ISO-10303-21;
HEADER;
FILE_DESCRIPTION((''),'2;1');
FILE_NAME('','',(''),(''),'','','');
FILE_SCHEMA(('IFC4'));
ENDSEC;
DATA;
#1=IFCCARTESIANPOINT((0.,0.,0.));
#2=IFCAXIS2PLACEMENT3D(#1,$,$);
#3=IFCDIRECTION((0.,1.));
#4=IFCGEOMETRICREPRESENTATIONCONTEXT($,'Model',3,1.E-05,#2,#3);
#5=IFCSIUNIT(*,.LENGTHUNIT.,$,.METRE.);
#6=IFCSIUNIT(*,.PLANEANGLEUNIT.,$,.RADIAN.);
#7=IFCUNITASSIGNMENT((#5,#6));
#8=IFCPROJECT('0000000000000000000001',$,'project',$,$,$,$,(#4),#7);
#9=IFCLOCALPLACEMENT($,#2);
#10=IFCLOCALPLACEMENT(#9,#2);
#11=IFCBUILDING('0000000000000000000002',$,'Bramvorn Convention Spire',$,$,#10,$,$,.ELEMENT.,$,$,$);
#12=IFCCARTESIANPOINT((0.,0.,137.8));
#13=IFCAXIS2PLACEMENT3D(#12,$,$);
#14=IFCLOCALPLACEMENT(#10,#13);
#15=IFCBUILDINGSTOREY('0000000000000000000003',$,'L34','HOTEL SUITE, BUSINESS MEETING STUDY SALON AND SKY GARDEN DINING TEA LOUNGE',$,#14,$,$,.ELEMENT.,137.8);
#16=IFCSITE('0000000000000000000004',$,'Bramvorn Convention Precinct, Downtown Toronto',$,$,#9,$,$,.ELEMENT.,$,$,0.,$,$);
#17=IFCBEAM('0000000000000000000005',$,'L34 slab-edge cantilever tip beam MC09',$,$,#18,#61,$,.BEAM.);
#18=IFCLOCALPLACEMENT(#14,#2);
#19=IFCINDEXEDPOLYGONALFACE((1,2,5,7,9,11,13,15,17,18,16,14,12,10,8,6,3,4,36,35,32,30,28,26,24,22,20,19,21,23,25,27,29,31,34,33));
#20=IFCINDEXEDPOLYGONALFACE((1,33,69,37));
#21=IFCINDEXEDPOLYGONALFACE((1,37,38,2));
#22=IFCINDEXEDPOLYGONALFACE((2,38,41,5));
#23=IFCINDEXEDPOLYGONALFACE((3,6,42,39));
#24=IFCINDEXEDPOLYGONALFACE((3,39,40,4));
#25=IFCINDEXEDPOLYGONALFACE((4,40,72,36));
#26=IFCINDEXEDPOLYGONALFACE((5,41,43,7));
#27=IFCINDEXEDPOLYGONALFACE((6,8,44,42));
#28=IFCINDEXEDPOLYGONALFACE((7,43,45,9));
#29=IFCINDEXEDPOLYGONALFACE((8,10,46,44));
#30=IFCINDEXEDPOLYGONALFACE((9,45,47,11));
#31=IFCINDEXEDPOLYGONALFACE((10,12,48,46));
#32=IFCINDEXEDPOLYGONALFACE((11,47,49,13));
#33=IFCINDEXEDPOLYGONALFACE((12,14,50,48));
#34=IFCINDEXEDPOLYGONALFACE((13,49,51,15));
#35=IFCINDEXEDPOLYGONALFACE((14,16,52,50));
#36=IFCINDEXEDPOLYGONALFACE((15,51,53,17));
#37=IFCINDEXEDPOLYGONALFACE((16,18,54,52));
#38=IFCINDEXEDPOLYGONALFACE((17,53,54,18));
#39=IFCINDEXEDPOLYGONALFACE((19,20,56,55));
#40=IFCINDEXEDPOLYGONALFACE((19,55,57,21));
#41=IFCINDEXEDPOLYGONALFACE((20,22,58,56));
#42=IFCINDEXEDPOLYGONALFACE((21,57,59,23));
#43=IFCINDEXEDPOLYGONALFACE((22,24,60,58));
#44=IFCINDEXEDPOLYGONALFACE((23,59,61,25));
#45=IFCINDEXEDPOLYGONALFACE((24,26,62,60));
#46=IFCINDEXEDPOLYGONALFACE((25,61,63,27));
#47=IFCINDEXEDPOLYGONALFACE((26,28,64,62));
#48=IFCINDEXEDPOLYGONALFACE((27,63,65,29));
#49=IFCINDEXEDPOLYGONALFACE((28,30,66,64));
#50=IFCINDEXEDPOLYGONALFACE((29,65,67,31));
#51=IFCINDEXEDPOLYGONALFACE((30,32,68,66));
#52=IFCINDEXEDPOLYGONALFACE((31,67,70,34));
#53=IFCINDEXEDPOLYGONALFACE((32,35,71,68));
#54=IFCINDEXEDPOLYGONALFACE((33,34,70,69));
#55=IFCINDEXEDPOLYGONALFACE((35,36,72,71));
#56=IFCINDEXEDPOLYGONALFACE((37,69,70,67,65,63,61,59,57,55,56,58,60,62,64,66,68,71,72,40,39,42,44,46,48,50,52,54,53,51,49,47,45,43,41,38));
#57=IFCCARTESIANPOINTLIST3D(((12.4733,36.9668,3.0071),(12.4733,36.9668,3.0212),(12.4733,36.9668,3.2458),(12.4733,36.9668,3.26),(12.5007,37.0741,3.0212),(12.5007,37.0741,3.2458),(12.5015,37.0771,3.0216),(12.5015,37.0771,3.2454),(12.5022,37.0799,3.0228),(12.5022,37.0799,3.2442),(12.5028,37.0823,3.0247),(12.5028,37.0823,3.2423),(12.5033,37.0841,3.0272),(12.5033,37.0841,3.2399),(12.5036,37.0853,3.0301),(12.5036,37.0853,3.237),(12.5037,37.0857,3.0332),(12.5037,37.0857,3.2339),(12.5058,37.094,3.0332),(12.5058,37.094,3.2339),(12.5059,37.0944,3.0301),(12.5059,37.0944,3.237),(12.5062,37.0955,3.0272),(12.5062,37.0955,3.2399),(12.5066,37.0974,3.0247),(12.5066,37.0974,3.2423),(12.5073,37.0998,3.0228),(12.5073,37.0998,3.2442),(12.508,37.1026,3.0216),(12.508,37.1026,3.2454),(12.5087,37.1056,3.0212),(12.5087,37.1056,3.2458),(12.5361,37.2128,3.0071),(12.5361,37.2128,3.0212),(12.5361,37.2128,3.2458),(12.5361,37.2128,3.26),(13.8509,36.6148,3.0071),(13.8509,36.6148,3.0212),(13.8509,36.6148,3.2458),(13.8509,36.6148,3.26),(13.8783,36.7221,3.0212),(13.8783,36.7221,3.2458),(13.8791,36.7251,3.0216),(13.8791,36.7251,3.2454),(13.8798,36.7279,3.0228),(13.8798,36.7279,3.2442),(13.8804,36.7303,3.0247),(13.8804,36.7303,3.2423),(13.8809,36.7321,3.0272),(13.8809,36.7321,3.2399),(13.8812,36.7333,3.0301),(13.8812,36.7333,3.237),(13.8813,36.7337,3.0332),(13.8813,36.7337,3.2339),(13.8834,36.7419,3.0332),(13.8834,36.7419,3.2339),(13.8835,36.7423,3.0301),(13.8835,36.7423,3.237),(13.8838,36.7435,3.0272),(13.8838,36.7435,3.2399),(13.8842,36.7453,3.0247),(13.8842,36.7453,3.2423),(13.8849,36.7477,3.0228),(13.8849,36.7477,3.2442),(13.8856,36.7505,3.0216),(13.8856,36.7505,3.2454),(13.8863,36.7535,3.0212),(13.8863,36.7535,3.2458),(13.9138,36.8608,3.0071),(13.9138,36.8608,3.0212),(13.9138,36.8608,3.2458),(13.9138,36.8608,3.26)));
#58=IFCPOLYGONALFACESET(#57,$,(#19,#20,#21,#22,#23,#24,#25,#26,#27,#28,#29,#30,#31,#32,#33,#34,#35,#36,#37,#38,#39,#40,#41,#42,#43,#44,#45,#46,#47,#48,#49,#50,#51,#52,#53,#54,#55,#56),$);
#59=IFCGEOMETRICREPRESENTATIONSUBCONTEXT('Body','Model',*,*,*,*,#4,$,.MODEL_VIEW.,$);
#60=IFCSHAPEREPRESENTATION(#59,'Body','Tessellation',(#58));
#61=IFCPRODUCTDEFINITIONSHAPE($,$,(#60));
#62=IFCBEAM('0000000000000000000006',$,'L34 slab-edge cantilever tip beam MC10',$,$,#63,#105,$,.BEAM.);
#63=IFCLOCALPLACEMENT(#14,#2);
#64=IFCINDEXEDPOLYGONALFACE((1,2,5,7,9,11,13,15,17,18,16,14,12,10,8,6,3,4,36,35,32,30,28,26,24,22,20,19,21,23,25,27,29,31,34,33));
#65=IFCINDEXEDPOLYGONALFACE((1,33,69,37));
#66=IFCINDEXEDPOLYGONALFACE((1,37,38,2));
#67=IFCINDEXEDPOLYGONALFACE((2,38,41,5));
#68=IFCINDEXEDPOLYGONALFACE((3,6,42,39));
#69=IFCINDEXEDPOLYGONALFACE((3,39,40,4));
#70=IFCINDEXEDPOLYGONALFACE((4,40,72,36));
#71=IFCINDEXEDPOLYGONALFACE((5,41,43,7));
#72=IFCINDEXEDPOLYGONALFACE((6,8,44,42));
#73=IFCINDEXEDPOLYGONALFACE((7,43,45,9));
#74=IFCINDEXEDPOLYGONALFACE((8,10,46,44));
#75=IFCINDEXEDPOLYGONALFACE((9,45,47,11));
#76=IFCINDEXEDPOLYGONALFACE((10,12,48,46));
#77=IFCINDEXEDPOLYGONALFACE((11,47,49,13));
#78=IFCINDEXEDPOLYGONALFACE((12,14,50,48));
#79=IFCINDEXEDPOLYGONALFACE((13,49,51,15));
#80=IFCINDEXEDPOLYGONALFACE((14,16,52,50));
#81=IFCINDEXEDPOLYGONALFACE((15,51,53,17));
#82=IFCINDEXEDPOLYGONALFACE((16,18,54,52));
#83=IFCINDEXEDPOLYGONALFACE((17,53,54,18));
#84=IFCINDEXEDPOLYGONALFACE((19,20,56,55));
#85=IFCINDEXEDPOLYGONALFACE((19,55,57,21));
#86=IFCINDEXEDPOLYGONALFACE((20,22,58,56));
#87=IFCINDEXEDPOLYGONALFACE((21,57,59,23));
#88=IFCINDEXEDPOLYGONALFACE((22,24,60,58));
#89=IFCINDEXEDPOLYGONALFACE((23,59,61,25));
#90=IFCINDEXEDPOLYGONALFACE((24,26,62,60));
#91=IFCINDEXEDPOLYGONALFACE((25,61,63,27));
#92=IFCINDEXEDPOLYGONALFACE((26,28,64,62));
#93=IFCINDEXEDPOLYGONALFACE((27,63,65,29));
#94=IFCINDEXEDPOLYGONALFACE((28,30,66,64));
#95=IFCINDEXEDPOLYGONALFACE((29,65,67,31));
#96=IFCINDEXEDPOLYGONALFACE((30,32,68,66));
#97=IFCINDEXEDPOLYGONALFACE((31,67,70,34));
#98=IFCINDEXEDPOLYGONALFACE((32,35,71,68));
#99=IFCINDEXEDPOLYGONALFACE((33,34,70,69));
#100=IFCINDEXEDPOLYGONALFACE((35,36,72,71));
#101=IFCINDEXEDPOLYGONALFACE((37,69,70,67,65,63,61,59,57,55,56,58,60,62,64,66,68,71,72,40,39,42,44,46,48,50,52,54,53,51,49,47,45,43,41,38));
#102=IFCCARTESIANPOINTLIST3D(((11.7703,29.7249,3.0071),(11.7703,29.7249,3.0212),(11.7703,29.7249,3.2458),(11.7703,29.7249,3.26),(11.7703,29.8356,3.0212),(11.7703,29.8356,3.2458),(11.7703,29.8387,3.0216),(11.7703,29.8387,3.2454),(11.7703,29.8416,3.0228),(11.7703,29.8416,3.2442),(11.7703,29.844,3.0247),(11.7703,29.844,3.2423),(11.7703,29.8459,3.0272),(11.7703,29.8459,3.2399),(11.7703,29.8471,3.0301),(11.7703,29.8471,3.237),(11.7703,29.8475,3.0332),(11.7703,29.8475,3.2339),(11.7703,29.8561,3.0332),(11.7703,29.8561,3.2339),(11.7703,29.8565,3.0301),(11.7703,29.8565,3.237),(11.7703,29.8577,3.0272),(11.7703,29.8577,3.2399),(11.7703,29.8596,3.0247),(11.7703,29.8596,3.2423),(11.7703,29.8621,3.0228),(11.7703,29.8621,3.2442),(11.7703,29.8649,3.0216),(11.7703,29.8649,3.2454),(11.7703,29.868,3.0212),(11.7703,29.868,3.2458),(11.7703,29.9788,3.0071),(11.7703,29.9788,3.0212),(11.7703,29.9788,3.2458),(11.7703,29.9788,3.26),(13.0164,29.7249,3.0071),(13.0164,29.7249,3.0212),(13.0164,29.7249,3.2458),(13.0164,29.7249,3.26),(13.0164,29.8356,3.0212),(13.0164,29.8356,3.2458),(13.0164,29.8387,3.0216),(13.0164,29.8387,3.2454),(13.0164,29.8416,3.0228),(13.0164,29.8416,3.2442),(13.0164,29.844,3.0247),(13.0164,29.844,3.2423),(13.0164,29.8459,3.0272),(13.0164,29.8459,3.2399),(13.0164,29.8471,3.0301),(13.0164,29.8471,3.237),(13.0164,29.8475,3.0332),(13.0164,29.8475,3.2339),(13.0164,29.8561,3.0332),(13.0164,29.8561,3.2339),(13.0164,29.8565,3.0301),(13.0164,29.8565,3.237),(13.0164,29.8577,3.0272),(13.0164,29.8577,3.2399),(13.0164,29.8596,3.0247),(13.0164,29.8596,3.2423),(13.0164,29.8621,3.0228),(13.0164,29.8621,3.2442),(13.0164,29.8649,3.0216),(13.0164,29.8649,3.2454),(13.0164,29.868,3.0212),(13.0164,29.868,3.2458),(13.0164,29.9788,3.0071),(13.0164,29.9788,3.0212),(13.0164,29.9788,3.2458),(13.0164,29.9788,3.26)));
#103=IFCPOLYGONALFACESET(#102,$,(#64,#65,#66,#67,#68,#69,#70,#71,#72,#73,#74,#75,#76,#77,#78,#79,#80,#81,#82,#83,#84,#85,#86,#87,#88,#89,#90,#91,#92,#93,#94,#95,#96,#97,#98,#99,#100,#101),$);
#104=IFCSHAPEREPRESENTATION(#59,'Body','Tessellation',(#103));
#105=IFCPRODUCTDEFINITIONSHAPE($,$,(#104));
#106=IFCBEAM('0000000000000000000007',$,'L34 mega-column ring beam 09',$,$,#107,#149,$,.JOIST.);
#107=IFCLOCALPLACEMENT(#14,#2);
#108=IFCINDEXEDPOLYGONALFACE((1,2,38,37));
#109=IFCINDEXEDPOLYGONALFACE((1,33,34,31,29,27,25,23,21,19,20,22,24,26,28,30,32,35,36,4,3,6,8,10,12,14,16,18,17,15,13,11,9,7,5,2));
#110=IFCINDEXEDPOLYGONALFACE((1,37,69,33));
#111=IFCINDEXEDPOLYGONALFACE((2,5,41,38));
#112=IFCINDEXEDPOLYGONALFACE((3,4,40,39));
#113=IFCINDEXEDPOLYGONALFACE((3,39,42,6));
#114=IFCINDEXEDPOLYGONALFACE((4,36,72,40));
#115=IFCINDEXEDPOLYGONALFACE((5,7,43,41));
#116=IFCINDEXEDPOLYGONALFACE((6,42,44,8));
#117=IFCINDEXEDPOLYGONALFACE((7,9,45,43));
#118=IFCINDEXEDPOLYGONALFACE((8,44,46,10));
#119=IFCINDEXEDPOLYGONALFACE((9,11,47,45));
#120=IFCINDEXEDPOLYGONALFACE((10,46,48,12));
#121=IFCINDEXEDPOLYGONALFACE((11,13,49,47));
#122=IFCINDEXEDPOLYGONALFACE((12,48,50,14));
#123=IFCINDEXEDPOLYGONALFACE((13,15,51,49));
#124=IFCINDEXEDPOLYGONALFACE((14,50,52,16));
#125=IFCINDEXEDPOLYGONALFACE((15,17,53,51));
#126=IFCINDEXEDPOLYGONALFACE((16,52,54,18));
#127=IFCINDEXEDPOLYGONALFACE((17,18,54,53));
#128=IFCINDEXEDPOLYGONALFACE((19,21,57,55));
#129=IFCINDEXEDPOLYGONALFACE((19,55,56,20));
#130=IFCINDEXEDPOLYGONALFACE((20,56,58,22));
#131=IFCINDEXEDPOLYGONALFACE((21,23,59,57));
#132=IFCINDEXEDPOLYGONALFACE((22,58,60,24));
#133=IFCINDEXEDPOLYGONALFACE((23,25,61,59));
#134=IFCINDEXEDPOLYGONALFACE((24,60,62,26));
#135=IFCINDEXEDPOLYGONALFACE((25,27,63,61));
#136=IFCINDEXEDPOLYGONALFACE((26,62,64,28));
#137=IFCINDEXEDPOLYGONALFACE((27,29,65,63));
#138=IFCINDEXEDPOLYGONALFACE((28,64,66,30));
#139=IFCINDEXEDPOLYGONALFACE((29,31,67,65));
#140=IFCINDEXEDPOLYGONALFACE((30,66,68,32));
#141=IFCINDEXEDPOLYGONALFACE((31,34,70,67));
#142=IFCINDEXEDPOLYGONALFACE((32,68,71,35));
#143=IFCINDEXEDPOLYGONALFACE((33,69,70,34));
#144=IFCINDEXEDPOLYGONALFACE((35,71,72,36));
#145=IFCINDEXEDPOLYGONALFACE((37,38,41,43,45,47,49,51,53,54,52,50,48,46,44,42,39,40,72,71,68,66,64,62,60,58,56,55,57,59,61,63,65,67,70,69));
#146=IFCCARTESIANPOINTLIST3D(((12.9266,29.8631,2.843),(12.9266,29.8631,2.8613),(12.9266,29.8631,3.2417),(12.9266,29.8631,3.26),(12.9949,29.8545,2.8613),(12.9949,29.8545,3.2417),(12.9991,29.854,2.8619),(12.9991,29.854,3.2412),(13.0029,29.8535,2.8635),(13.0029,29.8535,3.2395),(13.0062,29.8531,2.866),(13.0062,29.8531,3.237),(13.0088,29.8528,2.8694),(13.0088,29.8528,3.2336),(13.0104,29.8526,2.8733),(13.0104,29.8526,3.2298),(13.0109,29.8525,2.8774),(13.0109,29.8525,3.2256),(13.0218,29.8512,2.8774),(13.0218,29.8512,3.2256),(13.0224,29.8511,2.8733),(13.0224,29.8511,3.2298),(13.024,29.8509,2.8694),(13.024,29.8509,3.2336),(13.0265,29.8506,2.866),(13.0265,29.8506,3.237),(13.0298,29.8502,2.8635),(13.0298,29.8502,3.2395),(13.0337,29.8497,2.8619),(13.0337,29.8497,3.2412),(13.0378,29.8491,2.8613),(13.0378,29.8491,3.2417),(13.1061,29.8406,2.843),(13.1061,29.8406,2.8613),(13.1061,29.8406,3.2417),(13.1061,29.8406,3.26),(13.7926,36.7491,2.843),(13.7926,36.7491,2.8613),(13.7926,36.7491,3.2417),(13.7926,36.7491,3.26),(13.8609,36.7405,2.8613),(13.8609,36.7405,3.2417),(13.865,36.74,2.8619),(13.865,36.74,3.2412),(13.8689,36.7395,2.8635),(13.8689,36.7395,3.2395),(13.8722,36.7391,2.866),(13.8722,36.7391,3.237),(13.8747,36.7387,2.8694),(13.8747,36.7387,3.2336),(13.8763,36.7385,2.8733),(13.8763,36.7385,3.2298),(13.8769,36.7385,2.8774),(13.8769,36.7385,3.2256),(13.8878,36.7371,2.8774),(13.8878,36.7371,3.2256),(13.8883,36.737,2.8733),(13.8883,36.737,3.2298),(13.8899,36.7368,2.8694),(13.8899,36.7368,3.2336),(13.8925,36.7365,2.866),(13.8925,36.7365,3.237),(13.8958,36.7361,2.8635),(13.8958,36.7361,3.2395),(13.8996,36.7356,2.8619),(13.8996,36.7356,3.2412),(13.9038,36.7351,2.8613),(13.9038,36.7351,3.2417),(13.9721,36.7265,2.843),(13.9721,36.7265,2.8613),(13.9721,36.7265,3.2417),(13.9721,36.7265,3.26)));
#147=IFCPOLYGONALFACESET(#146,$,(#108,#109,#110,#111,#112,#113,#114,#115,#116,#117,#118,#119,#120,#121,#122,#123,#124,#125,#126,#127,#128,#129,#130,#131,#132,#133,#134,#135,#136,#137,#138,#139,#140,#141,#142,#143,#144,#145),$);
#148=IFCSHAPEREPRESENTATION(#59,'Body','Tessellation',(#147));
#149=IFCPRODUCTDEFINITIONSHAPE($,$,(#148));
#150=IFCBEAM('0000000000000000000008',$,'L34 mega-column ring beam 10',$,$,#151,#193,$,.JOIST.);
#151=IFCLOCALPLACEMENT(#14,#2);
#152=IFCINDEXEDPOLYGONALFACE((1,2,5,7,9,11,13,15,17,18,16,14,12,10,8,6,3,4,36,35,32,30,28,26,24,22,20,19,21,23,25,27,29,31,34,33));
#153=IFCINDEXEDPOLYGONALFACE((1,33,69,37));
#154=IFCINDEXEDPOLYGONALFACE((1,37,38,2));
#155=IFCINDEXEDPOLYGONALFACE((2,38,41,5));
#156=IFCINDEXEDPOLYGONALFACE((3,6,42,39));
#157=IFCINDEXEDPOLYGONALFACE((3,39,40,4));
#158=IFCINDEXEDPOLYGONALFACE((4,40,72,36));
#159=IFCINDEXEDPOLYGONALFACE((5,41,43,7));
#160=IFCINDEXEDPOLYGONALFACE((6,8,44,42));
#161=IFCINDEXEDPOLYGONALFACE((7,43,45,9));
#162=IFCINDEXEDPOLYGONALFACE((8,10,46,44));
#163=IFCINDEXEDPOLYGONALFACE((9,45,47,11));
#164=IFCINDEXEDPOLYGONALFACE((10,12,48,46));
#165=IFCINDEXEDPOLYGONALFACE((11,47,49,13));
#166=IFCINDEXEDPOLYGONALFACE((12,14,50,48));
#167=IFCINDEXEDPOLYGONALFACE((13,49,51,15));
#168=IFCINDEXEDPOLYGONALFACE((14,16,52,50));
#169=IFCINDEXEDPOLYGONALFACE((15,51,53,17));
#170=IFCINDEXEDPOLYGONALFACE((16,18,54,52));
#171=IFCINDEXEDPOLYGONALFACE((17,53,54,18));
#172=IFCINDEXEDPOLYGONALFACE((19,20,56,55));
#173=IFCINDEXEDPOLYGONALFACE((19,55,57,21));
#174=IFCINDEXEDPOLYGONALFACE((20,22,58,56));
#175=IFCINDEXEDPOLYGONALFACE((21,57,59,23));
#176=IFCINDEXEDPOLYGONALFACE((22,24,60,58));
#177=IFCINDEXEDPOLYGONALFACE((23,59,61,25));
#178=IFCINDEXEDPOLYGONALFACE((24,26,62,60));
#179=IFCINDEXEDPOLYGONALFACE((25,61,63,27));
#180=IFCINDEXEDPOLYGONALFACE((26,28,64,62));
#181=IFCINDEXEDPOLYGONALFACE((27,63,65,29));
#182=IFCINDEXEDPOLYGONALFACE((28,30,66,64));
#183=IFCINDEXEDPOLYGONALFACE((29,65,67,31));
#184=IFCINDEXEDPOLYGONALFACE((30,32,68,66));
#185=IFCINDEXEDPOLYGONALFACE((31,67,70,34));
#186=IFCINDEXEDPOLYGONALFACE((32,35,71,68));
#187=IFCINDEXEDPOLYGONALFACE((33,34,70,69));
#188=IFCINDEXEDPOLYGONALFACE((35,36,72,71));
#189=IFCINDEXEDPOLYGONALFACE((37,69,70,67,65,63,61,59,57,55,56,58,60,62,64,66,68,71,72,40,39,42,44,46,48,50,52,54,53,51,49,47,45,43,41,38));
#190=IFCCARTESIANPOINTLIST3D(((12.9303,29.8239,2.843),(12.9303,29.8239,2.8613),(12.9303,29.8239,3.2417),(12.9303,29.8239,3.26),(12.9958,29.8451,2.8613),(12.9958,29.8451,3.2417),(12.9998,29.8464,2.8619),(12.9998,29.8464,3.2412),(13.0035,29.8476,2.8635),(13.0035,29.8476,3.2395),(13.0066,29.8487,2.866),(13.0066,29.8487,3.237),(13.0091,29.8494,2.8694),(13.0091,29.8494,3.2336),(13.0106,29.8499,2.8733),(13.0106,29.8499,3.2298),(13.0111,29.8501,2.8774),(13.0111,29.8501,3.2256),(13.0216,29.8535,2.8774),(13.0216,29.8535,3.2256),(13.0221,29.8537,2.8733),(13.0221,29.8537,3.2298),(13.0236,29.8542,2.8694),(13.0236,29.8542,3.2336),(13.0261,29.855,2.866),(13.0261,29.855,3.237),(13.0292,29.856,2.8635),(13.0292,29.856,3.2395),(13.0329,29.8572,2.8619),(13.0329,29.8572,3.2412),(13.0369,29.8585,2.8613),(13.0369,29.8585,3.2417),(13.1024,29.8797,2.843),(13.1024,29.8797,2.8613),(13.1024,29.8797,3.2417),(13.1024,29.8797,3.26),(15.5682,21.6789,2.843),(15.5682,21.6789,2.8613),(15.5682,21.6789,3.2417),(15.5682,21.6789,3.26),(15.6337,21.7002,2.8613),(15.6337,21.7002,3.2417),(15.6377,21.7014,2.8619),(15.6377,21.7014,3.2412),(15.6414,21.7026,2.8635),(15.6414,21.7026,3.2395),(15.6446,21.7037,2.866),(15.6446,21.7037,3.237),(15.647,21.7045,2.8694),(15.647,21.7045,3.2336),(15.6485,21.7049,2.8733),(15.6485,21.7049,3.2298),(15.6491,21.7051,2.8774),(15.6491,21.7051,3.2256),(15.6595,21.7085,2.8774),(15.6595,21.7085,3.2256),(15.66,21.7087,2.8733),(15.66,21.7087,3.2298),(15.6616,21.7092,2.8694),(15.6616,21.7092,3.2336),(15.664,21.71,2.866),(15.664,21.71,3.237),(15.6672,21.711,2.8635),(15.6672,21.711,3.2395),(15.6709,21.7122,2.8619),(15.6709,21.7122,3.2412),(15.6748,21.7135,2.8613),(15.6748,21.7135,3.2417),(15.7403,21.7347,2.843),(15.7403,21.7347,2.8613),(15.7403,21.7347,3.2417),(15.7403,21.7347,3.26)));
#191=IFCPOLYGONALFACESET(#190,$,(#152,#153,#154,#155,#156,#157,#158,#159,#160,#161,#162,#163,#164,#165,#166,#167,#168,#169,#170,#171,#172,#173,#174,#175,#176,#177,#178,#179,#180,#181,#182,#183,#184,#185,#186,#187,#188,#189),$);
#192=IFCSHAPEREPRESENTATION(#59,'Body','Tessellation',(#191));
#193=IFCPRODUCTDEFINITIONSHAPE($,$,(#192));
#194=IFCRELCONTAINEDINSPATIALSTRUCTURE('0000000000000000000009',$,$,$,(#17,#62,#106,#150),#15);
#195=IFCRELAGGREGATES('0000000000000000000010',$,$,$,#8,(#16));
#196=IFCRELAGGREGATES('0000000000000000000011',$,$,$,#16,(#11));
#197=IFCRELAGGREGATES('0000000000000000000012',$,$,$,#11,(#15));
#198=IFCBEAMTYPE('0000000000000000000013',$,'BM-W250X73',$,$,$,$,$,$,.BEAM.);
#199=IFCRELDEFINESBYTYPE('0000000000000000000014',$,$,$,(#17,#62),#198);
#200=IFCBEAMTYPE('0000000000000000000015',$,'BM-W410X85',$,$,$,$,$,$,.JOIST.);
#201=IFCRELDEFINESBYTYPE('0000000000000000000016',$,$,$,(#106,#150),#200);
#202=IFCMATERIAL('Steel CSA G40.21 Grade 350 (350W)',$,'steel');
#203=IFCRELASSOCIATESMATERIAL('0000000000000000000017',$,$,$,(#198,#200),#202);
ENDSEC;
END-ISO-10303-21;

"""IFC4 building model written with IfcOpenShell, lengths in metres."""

from ifc_helpers import new_model, si_unit, direction, frame, origin, origin_2d, place, context, subcontext, project, spatial, i_section, extrude, material, material_profile, profile_set, type_object, element, save


model = new_model("IFC4")

# Units and contexts
model_context = context("Model", 3, precision=1e-05, world=origin(), true_north=direction((0.0, 1.0)))
body_context = subcontext(model_context, "Body", "Model", "MODEL_VIEW")
ifc_project = project(units=[si_unit("LENGTHUNIT", "METRE"), si_unit("PLANEANGLEUNIT", "RADIAN")], contexts=[model_context])

# Site, building, storey
site_placement = place(None, origin())
site = spatial("IfcSite", under=ifc_project, at=site_placement, Name="Bramvorn Convention Precinct, Downtown Toronto", CompositionType="ELEMENT", RefElevation=0.0)
building_placement = place(site_placement, origin())
building = spatial("IfcBuilding", under=site, at=building_placement, Name="Bramvorn Convention Spire", CompositionType="ELEMENT")
storey_placement = place(building_placement, frame((0.0, 0.0, 137.8)))
storey = spatial("IfcBuildingStorey", under=building, at=storey_placement, Name="L34", Description="HOTEL SUITE, BUSINESS MEETING STUDY SALON AND SKY GARDEN DINING TEA LOUNGE", CompositionType="ELEMENT", Elevation=137.8)

# Shared definitions
ifc_material_1 = material(Name="Steel CSA G40.21 Grade 350 (350W)", Category="steel")

# Beams
ifc_material_profile_1 = material_profile(ifc_material_1, i_section(OverallWidth=0.2539, OverallDepth=0.2529, WebThickness=0.0085, FlangeThickness=0.0142, FilletRadius=0.012, at=origin_2d()))
ifc_profile_set_1 = profile_set([ifc_material_profile_1], Name="Steel CSA G40.21 Grade 350 (350W) - W250X73")
beam_type_1 = type_object("IfcBeamType", Name="BM-W250X73", PredefinedType="BEAM", material=ifc_profile_set_1)
beam_1_placement = place(storey_placement, frame((13.8823, 36.7378, 3.1335), z_axis=(-0.968867, 0.247582, 0.0), x_axis=(-0.247582, -0.968867, 0.0)))
element("IfcBeam", 1, at=beam_1_placement, inside=storey, type_object=beam_type_1, Name="L34 slab-edge cantilever tip beam MC09", PredefinedType="BEAM", context=body_context, shape_type="SweptSolid", body=[
    extrude(i_section(OverallWidth=0.2539, OverallDepth=0.2529, WebThickness=0.0085, FlangeThickness=0.0142, FilletRadius=0.012, at=origin_2d()), origin(), (0.0, 0.0, 1.0), 1.4219),
])
beam_2_placement = place(storey_placement, frame((13.0164, 29.8518, 3.1335), z_axis=(-1.0, 0.0, 0.0), x_axis=(0.0, -1.0, 0.0)))
element("IfcBeam", 2, at=beam_2_placement, inside=storey, type_object=beam_type_1, Name="L34 slab-edge cantilever tip beam MC10", PredefinedType="BEAM", context=body_context, shape_type="SweptSolid", body=[
    extrude(i_section(OverallWidth=0.2539, OverallDepth=0.2529, WebThickness=0.0085, FlangeThickness=0.0142, FilletRadius=0.012, at=origin_2d()), origin(), (0.0, 0.0, 1.0), 1.2461),
])
ifc_material_profile_2 = material_profile(ifc_material_1, i_section(OverallWidth=0.1809, OverallDepth=0.417, WebThickness=0.011, FlangeThickness=0.0183, FilletRadius=0.0161, at=origin_2d()))
ifc_profile_set_2 = profile_set([ifc_material_profile_2], Name="Steel CSA G40.21 Grade 350 (350W) - W410X85")
beam_type_2 = type_object("IfcBeamType", Name="BM-W410X85", PredefinedType="JOIST", material=ifc_profile_set_2)
beam_3_placement = place(storey_placement, frame((13.8823, 36.7378, 3.0515), z_axis=(-0.124775, -0.992185, 0.0), x_axis=(0.992185, -0.124775, 0.0)))
element("IfcBeam", 3, at=beam_3_placement, inside=storey, type_object=beam_type_2, Name="L34 mega-column ring beam 09", PredefinedType="JOIST", context=body_context, shape_type="SweptSolid", body=[
    extrude(i_section(OverallWidth=0.1809, OverallDepth=0.417, WebThickness=0.011, FlangeThickness=0.0183, FilletRadius=0.0161, at=origin_2d()), origin(), (0.0, 0.0, 1.0), 6.9402),
])
beam_4_placement = place(storey_placement, frame((13.0164, 29.8518, 3.0515), z_axis=(0.308115, -0.951349, 0.0), x_axis=(0.951349, 0.308115, 0.0)))
element("IfcBeam", 4, at=beam_4_placement, inside=storey, type_object=beam_type_2, Name="L34 mega-column ring beam 10", PredefinedType="JOIST", context=body_context, shape_type="SweptSolid", body=[
    extrude(i_section(OverallWidth=0.1809, OverallDepth=0.417, WebThickness=0.011, FlangeThickness=0.0183, FilletRadius=0.0161, at=origin_2d()), origin(), (0.0, 0.0, 1.0), 8.5615),
])

save(model, "model.ifc")
